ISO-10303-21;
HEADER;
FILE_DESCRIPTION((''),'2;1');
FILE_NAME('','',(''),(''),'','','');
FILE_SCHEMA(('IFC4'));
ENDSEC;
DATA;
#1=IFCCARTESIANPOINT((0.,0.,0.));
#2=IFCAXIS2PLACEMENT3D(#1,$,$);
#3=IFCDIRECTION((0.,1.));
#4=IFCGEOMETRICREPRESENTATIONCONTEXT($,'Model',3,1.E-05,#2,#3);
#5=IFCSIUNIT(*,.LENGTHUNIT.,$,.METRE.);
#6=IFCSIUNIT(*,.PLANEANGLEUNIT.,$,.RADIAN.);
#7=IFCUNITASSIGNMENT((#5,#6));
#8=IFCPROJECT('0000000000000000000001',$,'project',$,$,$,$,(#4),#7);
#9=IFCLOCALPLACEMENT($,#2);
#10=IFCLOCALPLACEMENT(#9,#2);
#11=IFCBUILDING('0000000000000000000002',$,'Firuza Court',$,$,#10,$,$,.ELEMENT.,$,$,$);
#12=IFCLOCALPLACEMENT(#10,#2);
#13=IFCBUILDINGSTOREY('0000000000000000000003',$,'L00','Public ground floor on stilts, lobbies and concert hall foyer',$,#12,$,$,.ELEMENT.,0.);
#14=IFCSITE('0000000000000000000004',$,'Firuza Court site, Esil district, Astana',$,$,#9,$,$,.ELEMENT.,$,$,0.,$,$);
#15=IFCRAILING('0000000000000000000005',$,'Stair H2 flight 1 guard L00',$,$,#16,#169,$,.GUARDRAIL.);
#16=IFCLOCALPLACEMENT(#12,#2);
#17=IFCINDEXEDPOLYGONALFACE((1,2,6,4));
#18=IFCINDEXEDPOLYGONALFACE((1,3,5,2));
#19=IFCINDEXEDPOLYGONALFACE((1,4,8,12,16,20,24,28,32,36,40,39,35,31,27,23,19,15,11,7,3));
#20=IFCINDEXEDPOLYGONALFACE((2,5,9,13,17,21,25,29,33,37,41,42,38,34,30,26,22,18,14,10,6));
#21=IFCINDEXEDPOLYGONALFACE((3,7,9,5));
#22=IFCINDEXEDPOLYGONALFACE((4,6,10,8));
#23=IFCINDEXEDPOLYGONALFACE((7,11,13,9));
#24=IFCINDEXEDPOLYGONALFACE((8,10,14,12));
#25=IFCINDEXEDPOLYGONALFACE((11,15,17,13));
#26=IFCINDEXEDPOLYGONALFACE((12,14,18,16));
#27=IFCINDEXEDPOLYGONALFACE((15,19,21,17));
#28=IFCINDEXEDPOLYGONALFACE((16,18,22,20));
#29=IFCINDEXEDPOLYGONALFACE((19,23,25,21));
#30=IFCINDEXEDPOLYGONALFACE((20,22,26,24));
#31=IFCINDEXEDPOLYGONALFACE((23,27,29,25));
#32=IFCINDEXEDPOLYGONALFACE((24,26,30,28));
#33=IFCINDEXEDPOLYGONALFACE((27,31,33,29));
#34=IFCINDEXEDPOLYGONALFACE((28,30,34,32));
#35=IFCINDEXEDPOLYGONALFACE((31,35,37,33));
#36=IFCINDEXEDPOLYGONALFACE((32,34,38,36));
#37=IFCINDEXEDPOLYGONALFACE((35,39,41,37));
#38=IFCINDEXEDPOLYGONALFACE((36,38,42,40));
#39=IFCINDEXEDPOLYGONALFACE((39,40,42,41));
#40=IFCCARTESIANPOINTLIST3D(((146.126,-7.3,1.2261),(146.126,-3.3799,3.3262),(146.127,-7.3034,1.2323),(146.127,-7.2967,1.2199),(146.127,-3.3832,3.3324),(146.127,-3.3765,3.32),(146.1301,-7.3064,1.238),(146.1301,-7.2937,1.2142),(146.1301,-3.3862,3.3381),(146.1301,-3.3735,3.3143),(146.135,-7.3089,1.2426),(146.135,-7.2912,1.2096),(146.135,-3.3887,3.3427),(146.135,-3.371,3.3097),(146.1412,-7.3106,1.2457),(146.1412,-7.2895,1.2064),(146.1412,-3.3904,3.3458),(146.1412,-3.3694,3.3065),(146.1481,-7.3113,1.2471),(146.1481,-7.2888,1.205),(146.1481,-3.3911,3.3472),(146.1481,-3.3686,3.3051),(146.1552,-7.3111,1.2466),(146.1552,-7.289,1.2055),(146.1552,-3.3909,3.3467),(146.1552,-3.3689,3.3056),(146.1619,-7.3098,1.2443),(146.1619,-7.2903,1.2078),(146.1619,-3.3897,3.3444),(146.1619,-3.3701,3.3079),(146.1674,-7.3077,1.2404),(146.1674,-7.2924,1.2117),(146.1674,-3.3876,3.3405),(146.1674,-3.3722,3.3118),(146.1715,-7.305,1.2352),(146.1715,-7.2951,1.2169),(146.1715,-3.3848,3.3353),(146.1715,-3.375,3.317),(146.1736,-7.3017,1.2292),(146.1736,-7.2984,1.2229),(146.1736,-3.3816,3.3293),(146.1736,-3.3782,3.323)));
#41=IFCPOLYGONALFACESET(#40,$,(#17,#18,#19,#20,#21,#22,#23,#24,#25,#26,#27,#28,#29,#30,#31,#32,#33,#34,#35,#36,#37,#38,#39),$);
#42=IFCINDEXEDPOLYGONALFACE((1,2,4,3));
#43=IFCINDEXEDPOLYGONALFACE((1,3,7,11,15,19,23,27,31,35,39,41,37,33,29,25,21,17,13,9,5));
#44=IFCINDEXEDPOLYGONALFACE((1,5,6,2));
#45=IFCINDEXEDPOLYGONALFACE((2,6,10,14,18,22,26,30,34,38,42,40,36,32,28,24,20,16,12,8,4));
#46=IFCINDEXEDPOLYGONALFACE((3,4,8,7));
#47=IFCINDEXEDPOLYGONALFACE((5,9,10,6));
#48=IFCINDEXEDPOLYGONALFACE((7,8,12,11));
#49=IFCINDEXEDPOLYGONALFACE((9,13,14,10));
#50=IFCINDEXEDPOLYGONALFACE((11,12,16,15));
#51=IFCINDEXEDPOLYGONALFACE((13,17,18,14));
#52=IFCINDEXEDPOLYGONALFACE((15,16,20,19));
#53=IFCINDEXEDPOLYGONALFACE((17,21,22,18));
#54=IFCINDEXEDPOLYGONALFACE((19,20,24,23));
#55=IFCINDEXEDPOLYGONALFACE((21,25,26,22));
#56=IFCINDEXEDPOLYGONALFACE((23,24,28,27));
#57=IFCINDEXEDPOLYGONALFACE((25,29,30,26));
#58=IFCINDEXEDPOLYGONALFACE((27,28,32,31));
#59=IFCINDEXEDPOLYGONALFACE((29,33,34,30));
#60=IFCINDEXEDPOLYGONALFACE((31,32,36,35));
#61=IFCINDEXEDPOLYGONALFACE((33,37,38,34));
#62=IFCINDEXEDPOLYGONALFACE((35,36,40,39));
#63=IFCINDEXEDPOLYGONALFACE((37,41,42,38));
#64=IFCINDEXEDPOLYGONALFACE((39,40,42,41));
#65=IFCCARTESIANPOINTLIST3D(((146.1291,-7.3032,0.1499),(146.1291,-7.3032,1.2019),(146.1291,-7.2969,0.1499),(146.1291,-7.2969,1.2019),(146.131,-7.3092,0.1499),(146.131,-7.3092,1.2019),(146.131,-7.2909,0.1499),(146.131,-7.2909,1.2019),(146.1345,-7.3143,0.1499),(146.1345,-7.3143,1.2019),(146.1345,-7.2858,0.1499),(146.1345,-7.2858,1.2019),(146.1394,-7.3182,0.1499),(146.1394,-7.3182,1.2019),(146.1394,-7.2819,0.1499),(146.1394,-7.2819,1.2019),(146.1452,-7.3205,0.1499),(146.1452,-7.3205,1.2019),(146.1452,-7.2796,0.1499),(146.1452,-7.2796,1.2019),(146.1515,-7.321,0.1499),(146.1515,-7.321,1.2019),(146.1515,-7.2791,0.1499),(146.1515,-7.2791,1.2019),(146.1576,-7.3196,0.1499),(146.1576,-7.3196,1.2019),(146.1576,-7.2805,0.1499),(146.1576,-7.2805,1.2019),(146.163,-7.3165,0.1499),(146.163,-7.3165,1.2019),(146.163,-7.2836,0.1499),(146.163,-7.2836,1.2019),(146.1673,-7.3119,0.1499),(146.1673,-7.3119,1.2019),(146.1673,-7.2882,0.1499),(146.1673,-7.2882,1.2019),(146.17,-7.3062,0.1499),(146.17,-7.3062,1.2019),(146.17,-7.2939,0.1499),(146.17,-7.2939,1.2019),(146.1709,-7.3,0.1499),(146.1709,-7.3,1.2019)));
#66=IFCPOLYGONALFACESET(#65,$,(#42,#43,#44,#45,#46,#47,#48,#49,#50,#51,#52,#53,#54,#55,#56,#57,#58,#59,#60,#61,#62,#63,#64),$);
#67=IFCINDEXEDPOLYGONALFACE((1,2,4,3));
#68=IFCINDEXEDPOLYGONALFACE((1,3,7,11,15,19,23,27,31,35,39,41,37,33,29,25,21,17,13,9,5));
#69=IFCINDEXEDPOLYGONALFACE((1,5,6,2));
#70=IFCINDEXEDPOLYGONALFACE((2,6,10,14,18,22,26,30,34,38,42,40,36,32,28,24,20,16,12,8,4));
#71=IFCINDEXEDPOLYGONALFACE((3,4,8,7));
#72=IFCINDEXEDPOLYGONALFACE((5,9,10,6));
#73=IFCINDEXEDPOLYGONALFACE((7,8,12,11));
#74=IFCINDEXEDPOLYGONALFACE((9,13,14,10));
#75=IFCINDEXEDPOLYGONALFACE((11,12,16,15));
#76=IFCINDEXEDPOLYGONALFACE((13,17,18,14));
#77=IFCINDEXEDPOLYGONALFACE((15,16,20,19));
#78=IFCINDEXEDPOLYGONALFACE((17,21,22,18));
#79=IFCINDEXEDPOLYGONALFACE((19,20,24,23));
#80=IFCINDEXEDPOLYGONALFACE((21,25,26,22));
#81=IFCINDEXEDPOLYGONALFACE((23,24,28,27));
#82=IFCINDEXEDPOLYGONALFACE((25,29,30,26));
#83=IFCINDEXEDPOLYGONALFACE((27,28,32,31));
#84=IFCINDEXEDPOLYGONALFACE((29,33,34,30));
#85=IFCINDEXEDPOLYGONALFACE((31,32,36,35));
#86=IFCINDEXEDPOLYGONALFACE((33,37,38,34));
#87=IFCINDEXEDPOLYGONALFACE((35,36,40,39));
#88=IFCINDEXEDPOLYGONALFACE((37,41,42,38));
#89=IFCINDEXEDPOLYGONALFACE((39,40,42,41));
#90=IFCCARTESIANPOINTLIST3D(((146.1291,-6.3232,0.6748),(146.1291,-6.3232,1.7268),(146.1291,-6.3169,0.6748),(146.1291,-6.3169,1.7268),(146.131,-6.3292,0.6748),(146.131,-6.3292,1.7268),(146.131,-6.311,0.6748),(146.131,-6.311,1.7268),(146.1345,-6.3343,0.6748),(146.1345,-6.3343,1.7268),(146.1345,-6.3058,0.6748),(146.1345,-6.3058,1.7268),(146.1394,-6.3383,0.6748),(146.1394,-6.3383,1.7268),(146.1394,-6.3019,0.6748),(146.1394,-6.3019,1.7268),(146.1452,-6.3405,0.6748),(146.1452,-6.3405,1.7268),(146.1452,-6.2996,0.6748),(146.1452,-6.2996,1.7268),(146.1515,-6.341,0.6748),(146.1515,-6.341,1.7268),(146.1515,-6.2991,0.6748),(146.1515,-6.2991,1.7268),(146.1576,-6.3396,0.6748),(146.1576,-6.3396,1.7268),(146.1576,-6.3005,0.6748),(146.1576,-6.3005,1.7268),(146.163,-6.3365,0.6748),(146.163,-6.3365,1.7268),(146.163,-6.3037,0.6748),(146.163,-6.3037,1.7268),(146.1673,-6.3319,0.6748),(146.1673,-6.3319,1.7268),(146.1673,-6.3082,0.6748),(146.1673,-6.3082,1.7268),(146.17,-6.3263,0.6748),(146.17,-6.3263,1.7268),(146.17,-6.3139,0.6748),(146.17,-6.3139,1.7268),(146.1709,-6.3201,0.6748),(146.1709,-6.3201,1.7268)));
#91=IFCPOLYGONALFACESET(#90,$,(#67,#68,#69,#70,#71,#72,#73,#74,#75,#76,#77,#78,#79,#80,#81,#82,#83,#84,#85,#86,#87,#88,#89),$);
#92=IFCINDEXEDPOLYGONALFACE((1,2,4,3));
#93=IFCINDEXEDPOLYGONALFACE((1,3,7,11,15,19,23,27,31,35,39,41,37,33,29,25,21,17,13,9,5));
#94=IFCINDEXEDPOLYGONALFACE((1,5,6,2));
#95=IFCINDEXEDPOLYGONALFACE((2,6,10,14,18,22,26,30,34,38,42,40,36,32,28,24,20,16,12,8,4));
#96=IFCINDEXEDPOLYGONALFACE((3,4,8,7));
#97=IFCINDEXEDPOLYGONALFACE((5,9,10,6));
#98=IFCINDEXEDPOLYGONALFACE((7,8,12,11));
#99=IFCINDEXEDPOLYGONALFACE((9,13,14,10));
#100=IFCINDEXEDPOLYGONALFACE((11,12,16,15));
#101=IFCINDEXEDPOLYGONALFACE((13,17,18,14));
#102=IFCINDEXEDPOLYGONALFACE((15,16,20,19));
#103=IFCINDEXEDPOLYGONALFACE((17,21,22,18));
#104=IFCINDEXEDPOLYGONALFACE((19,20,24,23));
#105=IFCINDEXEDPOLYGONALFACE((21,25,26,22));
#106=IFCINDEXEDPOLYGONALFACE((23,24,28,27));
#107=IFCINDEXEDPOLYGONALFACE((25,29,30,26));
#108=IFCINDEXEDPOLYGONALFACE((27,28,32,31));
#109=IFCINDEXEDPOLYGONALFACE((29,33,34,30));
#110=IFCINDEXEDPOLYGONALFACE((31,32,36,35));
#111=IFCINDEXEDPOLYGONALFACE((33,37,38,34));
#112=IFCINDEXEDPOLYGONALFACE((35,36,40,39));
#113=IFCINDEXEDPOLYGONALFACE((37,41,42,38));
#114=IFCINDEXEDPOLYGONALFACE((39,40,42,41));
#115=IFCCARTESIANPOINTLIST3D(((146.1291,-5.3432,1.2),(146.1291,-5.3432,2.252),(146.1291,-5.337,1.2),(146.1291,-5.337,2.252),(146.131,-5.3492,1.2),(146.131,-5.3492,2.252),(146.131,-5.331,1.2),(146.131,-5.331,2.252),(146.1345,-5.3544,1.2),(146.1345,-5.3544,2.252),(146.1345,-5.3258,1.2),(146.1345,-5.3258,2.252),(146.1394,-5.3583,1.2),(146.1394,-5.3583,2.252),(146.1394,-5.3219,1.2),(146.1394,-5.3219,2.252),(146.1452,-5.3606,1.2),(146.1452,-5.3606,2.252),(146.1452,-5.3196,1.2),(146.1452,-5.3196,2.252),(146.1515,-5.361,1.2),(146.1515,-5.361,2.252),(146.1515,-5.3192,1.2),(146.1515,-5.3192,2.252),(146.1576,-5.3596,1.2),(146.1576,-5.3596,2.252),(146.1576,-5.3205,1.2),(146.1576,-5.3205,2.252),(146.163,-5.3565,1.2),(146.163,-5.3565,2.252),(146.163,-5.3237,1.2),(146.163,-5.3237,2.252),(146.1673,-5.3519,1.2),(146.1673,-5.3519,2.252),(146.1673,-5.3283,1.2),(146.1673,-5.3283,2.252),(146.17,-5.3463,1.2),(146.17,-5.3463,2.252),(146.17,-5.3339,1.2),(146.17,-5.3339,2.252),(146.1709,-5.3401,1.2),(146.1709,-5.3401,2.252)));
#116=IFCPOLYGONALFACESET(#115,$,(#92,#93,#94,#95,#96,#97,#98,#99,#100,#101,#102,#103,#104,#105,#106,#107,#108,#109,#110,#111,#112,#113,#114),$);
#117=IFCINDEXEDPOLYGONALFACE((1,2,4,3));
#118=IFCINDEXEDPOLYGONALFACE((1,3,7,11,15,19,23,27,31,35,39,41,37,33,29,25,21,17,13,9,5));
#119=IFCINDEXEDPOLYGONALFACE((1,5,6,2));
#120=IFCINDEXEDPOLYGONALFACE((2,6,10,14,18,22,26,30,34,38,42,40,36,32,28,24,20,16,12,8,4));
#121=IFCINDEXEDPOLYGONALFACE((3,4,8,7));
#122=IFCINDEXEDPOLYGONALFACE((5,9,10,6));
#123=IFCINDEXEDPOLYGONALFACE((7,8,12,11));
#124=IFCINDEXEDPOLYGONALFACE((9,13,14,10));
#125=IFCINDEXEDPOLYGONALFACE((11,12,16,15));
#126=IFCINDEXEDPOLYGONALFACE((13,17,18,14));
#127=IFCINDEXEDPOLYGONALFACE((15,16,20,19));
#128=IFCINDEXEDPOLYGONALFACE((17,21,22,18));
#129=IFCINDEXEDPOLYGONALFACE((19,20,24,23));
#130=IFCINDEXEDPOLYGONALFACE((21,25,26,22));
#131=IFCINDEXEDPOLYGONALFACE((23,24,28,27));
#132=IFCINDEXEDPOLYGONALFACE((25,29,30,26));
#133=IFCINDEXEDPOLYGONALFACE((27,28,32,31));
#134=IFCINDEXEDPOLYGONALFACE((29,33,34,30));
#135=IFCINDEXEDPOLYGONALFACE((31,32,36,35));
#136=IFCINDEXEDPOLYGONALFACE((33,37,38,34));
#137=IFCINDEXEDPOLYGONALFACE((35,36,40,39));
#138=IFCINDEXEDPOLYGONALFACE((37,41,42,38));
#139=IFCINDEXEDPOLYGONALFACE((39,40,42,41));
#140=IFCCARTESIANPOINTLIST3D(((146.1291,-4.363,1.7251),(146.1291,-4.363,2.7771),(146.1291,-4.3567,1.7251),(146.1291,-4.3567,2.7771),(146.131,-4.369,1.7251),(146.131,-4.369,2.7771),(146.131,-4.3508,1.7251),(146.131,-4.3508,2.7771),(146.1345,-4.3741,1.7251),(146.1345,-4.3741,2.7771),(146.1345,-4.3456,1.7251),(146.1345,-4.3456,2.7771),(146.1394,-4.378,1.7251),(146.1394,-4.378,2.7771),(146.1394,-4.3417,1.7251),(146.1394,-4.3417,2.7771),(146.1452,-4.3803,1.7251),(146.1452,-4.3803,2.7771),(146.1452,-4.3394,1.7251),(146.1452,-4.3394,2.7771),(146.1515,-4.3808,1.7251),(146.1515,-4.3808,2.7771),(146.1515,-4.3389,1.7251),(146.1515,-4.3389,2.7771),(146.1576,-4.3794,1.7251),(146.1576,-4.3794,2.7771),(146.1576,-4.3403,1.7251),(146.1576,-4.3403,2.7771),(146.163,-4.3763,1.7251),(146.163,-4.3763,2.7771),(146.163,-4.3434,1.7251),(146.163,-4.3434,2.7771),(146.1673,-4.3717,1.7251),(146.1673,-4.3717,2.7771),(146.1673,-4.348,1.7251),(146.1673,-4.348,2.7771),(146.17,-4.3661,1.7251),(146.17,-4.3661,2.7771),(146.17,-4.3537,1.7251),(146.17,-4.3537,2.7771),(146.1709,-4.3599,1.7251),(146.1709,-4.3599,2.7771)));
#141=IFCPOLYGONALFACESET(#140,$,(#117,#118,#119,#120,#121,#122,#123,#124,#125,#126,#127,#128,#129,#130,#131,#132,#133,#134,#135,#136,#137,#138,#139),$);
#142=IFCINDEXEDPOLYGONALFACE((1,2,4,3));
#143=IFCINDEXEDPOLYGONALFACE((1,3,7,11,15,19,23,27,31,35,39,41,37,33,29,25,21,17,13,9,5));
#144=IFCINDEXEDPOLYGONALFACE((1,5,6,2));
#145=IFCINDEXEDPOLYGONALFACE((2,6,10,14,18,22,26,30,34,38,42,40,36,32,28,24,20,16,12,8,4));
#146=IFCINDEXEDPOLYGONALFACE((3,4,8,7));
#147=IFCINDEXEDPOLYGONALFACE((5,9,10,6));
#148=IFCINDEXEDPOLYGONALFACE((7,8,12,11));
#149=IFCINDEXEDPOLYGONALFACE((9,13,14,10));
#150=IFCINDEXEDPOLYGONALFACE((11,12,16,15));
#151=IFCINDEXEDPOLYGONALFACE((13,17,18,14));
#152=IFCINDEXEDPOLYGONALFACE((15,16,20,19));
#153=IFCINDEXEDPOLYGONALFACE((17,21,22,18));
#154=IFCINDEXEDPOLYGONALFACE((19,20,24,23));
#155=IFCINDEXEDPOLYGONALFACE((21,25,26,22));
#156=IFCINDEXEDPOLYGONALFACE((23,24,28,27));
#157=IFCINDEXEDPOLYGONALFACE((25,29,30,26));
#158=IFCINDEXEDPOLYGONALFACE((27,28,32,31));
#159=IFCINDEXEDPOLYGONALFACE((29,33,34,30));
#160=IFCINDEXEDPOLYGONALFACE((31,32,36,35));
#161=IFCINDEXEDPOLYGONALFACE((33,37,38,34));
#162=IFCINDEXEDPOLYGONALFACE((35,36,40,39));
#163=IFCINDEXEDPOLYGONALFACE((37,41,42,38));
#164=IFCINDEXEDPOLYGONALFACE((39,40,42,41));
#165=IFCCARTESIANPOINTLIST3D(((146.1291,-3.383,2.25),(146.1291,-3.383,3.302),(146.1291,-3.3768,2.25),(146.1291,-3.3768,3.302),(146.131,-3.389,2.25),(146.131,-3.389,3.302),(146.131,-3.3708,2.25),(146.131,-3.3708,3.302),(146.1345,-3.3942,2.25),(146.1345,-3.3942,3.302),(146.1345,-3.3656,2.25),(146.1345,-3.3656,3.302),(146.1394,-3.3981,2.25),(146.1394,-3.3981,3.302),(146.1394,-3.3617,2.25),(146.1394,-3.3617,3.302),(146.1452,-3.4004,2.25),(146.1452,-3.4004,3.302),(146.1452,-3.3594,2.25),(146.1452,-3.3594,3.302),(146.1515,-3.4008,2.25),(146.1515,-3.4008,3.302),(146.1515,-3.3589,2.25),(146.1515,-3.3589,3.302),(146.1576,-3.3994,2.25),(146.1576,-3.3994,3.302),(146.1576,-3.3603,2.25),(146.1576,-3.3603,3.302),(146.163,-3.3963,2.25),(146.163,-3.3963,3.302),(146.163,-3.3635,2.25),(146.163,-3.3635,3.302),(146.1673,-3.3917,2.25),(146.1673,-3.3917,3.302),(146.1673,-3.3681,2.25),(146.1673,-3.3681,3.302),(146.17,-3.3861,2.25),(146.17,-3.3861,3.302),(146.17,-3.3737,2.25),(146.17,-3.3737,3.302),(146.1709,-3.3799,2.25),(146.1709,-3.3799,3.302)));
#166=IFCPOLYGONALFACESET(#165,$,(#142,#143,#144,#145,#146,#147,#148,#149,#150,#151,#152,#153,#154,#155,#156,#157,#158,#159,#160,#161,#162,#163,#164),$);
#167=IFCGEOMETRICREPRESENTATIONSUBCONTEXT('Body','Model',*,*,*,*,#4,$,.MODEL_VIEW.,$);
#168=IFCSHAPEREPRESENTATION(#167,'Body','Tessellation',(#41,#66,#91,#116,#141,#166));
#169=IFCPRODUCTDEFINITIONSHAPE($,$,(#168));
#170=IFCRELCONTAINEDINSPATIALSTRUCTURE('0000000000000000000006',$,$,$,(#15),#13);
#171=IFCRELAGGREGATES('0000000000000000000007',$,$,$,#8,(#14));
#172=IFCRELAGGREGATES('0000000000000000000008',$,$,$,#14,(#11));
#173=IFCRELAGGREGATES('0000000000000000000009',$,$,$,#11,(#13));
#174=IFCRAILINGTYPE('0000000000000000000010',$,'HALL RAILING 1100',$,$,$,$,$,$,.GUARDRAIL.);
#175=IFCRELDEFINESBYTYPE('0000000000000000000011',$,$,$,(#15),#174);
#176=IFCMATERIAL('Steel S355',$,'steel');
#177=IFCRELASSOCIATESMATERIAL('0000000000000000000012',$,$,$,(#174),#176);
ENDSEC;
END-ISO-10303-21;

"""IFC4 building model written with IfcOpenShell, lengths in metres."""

from ifc_helpers import new_model, si_unit, direction, frame, origin, origin_2d, place, context, subcontext, project, spatial, circle, extrude, material, type_object, element, save


model = new_model("IFC4")

# Units and contexts
model_context = context("Model", 3, precision=1e-05, world=origin(), true_north=direction((0.0, 1.0)))
body_context = subcontext(model_context, "Body", "Model", "MODEL_VIEW")
ifc_project = project(units=[si_unit("LENGTHUNIT", "METRE"), si_unit("PLANEANGLEUNIT", "RADIAN")], contexts=[model_context])

# Site, building, storey
site_placement = place(None, origin())
site = spatial("IfcSite", under=ifc_project, at=site_placement, Name="Firuza Court site, Esil district, Astana", CompositionType="ELEMENT", RefElevation=0.0)
building_placement = place(site_placement, origin())
building = spatial("IfcBuilding", under=site, at=building_placement, Name="Firuza Court", CompositionType="ELEMENT")
storey_placement = place(building_placement, origin())
storey = spatial("IfcBuildingStorey", under=building, at=storey_placement, Name="L00", Description="Public ground floor on stilts, lobbies and concert hall foyer", CompositionType="ELEMENT", Elevation=0.0)

# Railing
ifc_material_1 = material(Name="Steel S355", Category="steel")
railing_type_1 = type_object("IfcRailingType", Name="HALL RAILING 1100", PredefinedType="GUARDRAIL", material=ifc_material_1)
railing_1_placement = place(storey_placement, frame((146.1499, -7.3, 0.1499)))
element("IfcRailing", 1, at=railing_1_placement, inside=storey, type_object=railing_type_1, Name="Stair H2 flight 1 guard L00", PredefinedType="GUARDRAIL", context=body_context, shape_type="SweptSolid", body=[
    extrude(circle(Radius=0.0239, at=origin_2d()), frame((0.0, 0.0, 1.0762), z_axis=(0.0, 0.881479, 0.472223), x_axis=(-1.0, 0.0, 0.0)), (0.0, 0.0, 1.0), 4.4473),
    extrude(circle(Radius=0.021, at=origin_2d()), origin(), (0.0, 0.0, 1.0), 1.052),
    extrude(circle(Radius=0.021, at=origin_2d()), frame((0.0, 0.98, 0.5249)), (0.0, 0.0, 1.0), 1.052),
    extrude(circle(Radius=0.021, at=origin_2d()), frame((0.0, 1.96, 1.05)), (0.0, 0.0, 1.0), 1.052),
    extrude(circle(Radius=0.021, at=origin_2d()), frame((0.0, 2.9402, 1.5752)), (0.0, 0.0, 1.0), 1.052),
    extrude(circle(Radius=0.021, at=origin_2d()), frame((0.0, 3.9202, 2.1001)), (0.0, 0.0, 1.0), 1.052),
])

save(model, "model.ifc")
